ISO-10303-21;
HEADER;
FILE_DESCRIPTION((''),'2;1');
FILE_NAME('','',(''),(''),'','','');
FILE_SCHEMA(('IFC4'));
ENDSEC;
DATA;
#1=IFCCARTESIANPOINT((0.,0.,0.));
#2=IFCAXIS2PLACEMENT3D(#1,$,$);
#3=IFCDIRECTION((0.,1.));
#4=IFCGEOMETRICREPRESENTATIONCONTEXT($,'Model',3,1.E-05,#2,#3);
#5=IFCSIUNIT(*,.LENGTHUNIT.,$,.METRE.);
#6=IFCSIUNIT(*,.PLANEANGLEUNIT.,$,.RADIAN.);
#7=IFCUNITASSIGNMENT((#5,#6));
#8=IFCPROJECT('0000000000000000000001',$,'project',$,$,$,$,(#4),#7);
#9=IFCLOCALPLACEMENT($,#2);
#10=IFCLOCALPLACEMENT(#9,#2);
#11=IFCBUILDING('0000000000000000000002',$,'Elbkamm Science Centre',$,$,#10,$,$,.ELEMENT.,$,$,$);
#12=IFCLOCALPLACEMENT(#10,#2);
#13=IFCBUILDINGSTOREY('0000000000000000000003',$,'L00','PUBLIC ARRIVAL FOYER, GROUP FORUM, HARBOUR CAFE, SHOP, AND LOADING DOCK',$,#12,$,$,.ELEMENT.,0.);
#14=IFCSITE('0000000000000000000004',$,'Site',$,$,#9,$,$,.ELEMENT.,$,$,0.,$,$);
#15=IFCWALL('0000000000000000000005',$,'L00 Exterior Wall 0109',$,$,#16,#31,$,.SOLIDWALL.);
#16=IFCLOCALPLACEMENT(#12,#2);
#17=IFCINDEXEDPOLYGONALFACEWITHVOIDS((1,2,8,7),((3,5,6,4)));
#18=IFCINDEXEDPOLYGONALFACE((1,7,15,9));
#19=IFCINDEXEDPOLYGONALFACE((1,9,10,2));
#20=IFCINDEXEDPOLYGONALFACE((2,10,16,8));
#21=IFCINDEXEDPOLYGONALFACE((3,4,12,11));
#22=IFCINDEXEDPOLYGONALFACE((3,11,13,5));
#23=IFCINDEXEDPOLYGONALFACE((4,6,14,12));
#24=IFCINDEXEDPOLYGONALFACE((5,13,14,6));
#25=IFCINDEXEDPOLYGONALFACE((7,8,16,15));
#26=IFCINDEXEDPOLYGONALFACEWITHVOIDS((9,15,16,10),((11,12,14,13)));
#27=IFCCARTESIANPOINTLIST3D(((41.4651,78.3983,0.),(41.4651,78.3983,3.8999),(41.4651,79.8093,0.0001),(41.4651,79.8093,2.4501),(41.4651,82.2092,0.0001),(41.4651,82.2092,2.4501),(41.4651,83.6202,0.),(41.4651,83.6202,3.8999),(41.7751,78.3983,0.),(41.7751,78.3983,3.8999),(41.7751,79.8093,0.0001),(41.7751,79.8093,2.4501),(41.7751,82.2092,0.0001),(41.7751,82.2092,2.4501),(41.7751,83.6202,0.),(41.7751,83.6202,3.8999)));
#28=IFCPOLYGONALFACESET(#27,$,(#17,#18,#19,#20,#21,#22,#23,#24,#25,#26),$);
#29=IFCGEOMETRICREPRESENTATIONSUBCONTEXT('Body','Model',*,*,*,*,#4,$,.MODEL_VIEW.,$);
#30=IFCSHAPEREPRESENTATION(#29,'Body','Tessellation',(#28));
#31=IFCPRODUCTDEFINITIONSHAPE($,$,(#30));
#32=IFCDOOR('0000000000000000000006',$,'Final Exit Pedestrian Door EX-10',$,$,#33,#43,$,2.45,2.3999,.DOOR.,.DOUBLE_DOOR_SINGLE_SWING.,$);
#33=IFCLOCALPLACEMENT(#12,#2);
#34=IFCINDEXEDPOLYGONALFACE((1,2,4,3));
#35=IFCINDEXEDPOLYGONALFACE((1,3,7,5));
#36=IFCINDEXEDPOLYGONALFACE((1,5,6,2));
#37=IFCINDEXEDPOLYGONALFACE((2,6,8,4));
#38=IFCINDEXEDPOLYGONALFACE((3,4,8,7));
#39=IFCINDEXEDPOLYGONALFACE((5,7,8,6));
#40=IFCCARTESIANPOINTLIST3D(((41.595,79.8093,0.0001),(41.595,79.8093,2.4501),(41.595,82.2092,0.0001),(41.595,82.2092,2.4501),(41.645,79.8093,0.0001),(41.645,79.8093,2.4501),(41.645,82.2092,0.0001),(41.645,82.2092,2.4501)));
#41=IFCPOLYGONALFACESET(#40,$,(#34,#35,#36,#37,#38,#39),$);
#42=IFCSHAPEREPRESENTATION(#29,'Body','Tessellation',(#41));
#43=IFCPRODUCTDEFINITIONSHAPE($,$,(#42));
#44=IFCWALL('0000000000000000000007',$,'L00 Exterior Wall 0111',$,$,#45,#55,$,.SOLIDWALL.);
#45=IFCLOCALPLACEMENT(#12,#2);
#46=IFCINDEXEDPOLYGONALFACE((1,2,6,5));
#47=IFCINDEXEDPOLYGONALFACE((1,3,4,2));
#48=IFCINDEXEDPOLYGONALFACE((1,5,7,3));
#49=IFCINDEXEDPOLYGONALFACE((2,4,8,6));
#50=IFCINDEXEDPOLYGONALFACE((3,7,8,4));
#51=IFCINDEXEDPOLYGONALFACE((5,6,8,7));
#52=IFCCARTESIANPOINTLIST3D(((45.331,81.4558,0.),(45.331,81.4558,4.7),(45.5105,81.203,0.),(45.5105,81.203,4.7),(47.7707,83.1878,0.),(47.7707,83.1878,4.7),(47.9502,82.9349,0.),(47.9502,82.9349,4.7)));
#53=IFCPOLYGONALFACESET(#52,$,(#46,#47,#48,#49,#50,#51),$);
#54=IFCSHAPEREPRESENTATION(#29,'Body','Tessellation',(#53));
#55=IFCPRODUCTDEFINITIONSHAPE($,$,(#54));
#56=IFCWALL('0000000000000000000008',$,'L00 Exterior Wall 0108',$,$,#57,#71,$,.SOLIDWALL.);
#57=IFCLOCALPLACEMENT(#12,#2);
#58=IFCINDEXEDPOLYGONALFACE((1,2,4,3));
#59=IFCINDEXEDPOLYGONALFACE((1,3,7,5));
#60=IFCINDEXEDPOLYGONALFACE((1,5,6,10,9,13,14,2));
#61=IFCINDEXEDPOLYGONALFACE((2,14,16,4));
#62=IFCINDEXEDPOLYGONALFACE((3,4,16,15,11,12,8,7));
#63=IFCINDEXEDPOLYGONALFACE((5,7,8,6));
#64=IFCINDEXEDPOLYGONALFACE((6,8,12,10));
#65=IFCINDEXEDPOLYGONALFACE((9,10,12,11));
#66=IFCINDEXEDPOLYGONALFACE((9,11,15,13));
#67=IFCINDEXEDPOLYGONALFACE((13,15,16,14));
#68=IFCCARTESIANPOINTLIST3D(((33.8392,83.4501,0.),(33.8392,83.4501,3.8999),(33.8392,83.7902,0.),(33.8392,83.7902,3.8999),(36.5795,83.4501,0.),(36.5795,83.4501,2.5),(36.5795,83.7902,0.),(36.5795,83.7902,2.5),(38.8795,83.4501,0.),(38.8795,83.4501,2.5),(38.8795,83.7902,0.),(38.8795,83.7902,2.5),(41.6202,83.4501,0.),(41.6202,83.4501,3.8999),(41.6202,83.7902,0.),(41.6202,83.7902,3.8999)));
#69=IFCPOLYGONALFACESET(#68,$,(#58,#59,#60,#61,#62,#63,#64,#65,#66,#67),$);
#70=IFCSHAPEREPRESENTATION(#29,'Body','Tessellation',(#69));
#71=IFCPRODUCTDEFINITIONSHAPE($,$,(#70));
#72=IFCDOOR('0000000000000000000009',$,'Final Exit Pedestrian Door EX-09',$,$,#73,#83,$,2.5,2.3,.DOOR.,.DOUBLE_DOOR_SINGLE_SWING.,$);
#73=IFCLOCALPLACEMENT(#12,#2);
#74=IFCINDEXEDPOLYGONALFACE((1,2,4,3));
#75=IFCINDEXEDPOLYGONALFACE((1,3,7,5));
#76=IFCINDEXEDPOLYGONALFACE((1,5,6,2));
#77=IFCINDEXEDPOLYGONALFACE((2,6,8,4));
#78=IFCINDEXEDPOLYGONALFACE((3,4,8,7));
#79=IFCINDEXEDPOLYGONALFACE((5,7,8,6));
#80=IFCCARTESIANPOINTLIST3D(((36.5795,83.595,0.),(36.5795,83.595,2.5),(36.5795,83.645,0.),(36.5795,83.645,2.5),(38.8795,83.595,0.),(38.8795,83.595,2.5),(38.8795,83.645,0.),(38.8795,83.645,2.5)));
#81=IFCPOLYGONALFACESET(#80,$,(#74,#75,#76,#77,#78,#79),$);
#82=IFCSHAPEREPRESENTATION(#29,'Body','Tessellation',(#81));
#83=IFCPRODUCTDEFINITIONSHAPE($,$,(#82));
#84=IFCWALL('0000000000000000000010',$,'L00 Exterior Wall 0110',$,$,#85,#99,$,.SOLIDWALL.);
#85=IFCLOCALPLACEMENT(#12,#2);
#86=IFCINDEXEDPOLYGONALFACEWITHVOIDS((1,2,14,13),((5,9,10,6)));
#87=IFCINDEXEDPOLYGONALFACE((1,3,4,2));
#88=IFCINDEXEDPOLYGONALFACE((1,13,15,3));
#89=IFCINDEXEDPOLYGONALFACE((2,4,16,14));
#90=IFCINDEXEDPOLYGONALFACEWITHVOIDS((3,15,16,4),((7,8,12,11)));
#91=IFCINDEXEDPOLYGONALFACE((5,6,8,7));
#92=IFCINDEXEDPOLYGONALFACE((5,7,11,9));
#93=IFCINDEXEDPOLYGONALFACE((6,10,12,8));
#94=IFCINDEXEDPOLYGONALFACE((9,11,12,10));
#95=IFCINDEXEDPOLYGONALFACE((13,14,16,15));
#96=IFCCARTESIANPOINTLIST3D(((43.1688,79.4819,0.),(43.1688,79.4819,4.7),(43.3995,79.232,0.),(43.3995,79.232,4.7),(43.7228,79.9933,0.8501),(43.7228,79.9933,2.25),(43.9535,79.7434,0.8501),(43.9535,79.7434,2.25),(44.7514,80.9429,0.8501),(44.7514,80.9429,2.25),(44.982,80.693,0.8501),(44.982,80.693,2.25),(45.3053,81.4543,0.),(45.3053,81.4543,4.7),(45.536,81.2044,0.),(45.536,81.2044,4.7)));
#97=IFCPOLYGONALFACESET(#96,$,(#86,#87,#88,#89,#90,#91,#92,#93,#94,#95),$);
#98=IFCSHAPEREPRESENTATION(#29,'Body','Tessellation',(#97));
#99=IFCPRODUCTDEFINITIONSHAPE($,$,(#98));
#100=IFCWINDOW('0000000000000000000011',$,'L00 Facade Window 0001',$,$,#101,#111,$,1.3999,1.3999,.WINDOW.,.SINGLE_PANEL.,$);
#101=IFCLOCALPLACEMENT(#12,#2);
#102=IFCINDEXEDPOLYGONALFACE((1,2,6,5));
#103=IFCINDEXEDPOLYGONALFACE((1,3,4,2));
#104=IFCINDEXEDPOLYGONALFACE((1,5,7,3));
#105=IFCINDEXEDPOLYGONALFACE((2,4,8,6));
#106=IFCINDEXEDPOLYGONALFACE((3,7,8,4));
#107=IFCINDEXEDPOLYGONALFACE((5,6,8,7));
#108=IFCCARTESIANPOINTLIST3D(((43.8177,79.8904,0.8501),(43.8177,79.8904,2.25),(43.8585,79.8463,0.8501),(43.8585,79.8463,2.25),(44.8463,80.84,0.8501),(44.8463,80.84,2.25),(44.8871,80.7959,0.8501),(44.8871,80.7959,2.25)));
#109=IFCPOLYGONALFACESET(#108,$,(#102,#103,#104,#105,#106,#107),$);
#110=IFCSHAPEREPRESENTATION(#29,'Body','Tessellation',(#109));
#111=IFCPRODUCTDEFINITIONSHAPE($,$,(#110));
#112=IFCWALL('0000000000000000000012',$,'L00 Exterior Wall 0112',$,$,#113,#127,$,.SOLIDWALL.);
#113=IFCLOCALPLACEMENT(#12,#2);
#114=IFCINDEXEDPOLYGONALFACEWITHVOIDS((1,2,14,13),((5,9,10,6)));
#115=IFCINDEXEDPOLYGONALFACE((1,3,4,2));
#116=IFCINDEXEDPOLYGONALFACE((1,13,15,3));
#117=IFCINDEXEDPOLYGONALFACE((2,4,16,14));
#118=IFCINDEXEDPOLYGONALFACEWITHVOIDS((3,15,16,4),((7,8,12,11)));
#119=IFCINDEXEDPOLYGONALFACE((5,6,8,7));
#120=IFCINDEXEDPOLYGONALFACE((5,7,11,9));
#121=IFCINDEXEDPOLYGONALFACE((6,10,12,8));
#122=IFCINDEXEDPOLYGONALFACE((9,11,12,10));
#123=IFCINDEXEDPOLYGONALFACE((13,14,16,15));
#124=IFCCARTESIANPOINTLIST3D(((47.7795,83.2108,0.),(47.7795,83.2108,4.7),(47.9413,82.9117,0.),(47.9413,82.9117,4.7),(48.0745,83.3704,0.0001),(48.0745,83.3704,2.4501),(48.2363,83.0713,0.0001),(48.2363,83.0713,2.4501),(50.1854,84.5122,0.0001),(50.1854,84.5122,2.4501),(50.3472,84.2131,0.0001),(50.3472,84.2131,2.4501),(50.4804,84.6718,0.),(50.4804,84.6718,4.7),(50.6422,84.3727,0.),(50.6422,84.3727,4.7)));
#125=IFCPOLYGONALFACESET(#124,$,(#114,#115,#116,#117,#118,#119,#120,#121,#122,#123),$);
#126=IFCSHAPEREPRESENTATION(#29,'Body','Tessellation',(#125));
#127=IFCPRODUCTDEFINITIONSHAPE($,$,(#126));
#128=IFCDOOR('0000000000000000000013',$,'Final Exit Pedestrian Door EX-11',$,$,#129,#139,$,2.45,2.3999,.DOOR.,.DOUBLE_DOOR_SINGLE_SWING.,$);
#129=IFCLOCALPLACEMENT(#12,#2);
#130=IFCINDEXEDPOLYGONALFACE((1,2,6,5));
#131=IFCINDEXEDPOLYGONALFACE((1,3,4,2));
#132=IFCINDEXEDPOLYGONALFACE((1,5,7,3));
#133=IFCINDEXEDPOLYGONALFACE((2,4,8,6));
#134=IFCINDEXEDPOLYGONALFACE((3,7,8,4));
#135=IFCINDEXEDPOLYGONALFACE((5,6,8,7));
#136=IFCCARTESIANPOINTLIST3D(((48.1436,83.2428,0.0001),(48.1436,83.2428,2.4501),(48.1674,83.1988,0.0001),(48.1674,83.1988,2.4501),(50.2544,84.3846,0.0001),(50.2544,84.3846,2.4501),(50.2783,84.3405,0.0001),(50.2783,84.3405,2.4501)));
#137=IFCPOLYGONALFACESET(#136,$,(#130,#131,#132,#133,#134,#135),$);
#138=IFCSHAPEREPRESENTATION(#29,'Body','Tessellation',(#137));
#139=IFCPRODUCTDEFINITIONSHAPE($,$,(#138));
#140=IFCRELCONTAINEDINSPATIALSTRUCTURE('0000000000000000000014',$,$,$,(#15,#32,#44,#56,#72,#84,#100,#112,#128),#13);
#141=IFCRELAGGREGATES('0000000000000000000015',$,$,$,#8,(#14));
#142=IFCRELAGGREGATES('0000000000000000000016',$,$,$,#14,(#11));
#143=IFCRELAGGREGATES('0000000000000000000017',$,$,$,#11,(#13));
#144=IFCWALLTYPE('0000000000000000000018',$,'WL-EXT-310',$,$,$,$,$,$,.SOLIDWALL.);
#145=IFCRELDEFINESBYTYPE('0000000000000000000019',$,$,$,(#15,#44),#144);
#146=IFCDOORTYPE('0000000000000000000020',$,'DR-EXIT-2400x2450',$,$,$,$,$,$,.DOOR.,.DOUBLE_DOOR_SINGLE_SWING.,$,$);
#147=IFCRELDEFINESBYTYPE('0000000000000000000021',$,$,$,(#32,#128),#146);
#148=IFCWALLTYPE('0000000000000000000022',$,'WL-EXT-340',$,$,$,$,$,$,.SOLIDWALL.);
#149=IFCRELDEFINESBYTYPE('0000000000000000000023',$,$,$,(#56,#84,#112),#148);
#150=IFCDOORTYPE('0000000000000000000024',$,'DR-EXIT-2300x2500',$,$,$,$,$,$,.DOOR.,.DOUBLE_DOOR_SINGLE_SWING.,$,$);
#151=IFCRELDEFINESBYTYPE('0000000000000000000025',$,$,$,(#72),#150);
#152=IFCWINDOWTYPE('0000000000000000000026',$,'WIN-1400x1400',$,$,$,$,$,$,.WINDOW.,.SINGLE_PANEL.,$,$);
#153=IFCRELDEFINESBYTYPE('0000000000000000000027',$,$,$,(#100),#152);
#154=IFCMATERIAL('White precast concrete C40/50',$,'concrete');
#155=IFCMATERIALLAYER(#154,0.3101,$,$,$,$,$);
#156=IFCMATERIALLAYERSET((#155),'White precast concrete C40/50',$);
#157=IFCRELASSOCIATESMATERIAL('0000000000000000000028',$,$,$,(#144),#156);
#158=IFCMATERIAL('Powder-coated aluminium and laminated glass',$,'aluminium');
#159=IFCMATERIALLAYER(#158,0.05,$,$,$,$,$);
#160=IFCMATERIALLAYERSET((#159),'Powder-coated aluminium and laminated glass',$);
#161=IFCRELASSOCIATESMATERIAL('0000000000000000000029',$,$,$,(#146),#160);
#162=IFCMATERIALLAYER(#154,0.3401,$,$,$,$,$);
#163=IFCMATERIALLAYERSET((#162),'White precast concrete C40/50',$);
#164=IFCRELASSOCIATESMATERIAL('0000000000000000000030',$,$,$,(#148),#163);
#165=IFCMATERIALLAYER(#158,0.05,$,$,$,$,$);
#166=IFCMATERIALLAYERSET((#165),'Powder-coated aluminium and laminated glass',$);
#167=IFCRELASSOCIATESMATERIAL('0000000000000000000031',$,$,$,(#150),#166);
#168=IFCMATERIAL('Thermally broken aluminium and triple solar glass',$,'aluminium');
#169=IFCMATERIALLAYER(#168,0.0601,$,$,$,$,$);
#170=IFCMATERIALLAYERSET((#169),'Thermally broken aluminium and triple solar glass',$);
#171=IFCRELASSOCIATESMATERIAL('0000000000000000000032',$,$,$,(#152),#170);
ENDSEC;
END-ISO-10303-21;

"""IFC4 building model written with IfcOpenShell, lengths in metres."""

from ifc_helpers import new_model, si_unit, direction, frame, frame_2d, origin, place, context, subcontext, project, spatial, rectangle, extrude, material, layer, layer_set, type_object, element, fill, save


model = new_model("IFC4")

# Units and contexts
model_context = context("Model", 3, precision=1e-05, world=origin(), true_north=direction((0.0, 1.0)))
body_context = subcontext(model_context, "Body", "Model", "MODEL_VIEW")
ifc_project = project(units=[si_unit("LENGTHUNIT", "METRE"), si_unit("PLANEANGLEUNIT", "RADIAN")], contexts=[model_context])

# Site, building, storey
site_placement = place(None, origin())
site = spatial("IfcSite", under=ifc_project, at=site_placement, Name="Site", CompositionType="ELEMENT", RefElevation=0.0)
building_placement = place(site_placement, origin())
building = spatial("IfcBuilding", under=site, at=building_placement, Name="Elbkamm Science Centre", CompositionType="ELEMENT")
storey_placement = place(building_placement, origin())
storey = spatial("IfcBuildingStorey", under=building, at=storey_placement, Name="L00", Description="PUBLIC ARRIVAL FOYER, GROUP FORUM, HARBOUR CAFE, SHOP, AND LOADING DOCK", CompositionType="ELEMENT", Elevation=0.0)

# Wall, opening, door
ifc_material_1 = material(Name="White precast concrete C40/50", Category="concrete")
ifc_layer_1 = layer(ifc_material_1, 0.3101)
ifc_layer_set_1 = layer_set([ifc_layer_1], Name="White precast concrete C40/50")
wall_type_1 = type_object("IfcWallType", Name="WL-EXT-310", PredefinedType="SOLIDWALL", material=ifc_layer_set_1)
wall_1_placement = place(storey_placement, frame((41.6201, 83.6201, 0.0), z_axis=(0.0, 0.0, 1.0), x_axis=(0.0, -1.0, 0.0)))
wall_1 = element("IfcWall", 1, at=wall_1_placement, inside=storey, type_object=wall_type_1, Name="L00 Exterior Wall 0109", PredefinedType="SOLIDWALL", context=body_context, shape_type="SweptSolid", body=[
    extrude(rectangle(XDim=5.2219, YDim=0.3101, at=frame_2d((2.6108, 0.0))), origin(), (0.0, 0.0, 1.0), 3.8999),
])
opening_1_placement = place(wall_1_placement, frame((1.4109, 0.0, 0.0)))
opening_1 = element("IfcOpeningElement", 2, at=opening_1_placement, cuts=wall_1, PredefinedType="OPENING", context=body_context, shape_type="SweptSolid", body=[
    extrude(rectangle(XDim=2.3999, YDim=2.45, at=frame_2d((1.2, 1.2251))), frame((0.0, 0.167, 0.0), z_axis=(0.0, -1.0, 0.0), x_axis=(1.0, 0.0, 0.0)), (0.0, 0.0, 1.0), 0.334),
])
ifc_material_2 = material(Name="Powder-coated aluminium and laminated glass", Category="aluminium")
ifc_layer_2 = layer(ifc_material_2, 0.05)
ifc_layer_set_2 = layer_set([ifc_layer_2], Name="Powder-coated aluminium and laminated glass")
door_type_1 = type_object("IfcDoorType", Name="DR-EXIT-2400x2450", OperationType="DOUBLE_DOOR_SINGLE_SWING", PredefinedType="DOOR", material=ifc_layer_set_2)
door_1_placement = place(opening_1_placement, origin())
door_1 = element("IfcDoor", 3, at=door_1_placement, inside=storey, type_object=door_type_1, Name="Final Exit Pedestrian Door EX-10", OperationType="DOUBLE_DOOR_SINGLE_SWING", OverallHeight=2.45, OverallWidth=2.3999, PredefinedType="DOOR", context=body_context, shape_type="SweptSolid", body=[
    extrude(rectangle(XDim=2.3999, YDim=2.45, at=frame_2d((1.2, 1.2251))), frame((0.0, 0.0249, 0.0), z_axis=(0.0, -1.0, 0.0), x_axis=(1.0, 0.0, 0.0)), (0.0, 0.0, 1.0), 0.05),
])
fill(opening_1, door_1)

# Wall
wall_2_placement = place(storey_placement, frame((45.4207, 81.3293, 0.0), z_axis=(0.0, 0.0, 1.0), x_axis=(0.815423, 0.578866, 0.0)))
element("IfcWall", 4, at=wall_2_placement, inside=storey, type_object=wall_type_1, Name="L00 Exterior Wall 0111", PredefinedType="SOLIDWALL", context=body_context, shape_type="SweptSolid", body=[
    extrude(rectangle(XDim=2.9919, YDim=0.3101, at=frame_2d((1.4961, 0.0))), origin(), (0.0, 0.0, 1.0), 4.7),
])

# Wall, opening, door
ifc_layer_3 = layer(ifc_material_1, 0.3401)
ifc_layer_set_3 = layer_set([ifc_layer_3], Name="White precast concrete C40/50")
wall_type_2 = type_object("IfcWallType", Name="WL-EXT-340", PredefinedType="SOLIDWALL", material=ifc_layer_set_3)
wall_3_placement = place(storey_placement, frame((33.8391, 83.6201, 0.0), z_axis=(0.0, 0.0, 1.0), x_axis=(1.0, 0.0, 0.0)))
wall_3 = element("IfcWall", 5, at=wall_3_placement, inside=storey, type_object=wall_type_2, Name="L00 Exterior Wall 0108", PredefinedType="SOLIDWALL", context=body_context, shape_type="SweptSolid", body=[
    extrude(rectangle(XDim=7.781, YDim=0.3401, at=frame_2d((3.8906, 0.0))), origin(), (0.0, 0.0, 1.0), 3.8999),
])
opening_2_placement = place(wall_3_placement, frame((2.7405, 0.0, 0.0)))
opening_2 = element("IfcOpeningElement", 6, at=opening_2_placement, cuts=wall_3, PredefinedType="OPENING", context=body_context, shape_type="SweptSolid", body=[
    extrude(rectangle(XDim=2.3, YDim=2.5, at=frame_2d((1.1499, 1.25))), frame((0.0, 0.1821, 0.0), z_axis=(0.0, -1.0, 0.0), x_axis=(1.0, 0.0, 0.0)), (0.0, 0.0, 1.0), 0.364),
])
ifc_layer_4 = layer(ifc_material_2, 0.05)
ifc_layer_set_4 = layer_set([ifc_layer_4], Name="Powder-coated aluminium and laminated glass")
door_type_2 = type_object("IfcDoorType", Name="DR-EXIT-2300x2500", OperationType="DOUBLE_DOOR_SINGLE_SWING", PredefinedType="DOOR", material=ifc_layer_set_4)
door_2_placement = place(opening_2_placement, origin())
door_2 = element("IfcDoor", 7, at=door_2_placement, inside=storey, type_object=door_type_2, Name="Final Exit Pedestrian Door EX-09", OperationType="DOUBLE_DOOR_SINGLE_SWING", OverallHeight=2.5, OverallWidth=2.3, PredefinedType="DOOR", context=body_context, shape_type="SweptSolid", body=[
    extrude(rectangle(XDim=2.3, YDim=2.5, at=frame_2d((1.1499, 1.25))), frame((0.0, 0.0249, 0.0), z_axis=(0.0, -1.0, 0.0), x_axis=(1.0, 0.0, 0.0)), (0.0, 0.0, 1.0), 0.05),
])
fill(opening_2, door_2)

# Wall, opening, window
wall_4_placement = place(storey_placement, frame((43.2842, 79.3569, 0.0), z_axis=(0.0, 0.0, 1.0), x_axis=(0.734755, 0.678332, 0.0)))
wall_4 = element("IfcWall", 8, at=wall_4_placement, inside=storey, type_object=wall_type_2, Name="L00 Exterior Wall 0110", PredefinedType="SOLIDWALL", context=body_context, shape_type="SweptSolid", body=[
    extrude(rectangle(XDim=2.9077, YDim=0.3401, at=frame_2d((1.4539, 0.0))), origin(), (0.0, 0.0, 1.0), 4.7),
])
opening_3_placement = place(wall_4_placement, frame((0.7539, 0.0, 0.8501)))
opening_3 = element("IfcOpeningElement", 9, at=opening_3_placement, cuts=wall_4, PredefinedType="OPENING", context=body_context, shape_type="SweptSolid", body=[
    extrude(rectangle(XDim=1.3999, YDim=1.3999, at=frame_2d((0.7, 0.7))), frame((0.0, 0.1821, 0.0), z_axis=(0.0, -1.0, 0.0), x_axis=(1.0, 0.0, 0.0)), (0.0, 0.0, 1.0), 0.364),
])
ifc_material_3 = material(Name="Thermally broken aluminium and triple solar glass", Category="aluminium")
ifc_layer_5 = layer(ifc_material_3, 0.0601)
ifc_layer_set_5 = layer_set([ifc_layer_5], Name="Thermally broken aluminium and triple solar glass")
window_type = type_object("IfcWindowType", Name="WIN-1400x1400", PartitioningType="SINGLE_PANEL", PredefinedType="WINDOW", material=ifc_layer_set_5)
window_placement = place(opening_3_placement, origin())
window = element("IfcWindow", 10, at=window_placement, inside=storey, type_object=window_type, Name="L00 Facade Window 0001", OverallHeight=1.3999, OverallWidth=1.3999, PartitioningType="SINGLE_PANEL", PredefinedType="WINDOW", context=body_context, shape_type="SweptSolid", body=[
    extrude(rectangle(XDim=1.3999, YDim=1.3999, at=frame_2d((0.7, 0.7))), frame((0.0, 0.03, 0.0), z_axis=(0.0, -1.0, 0.0), x_axis=(1.0, 0.0, 0.0)), (0.0, 0.0, 1.0), 0.0601),
])
fill(opening_3, window)

# Wall, opening, door
wall_5_placement = place(storey_placement, frame((47.8604, 83.0613, 0.0), z_axis=(0.0, 0.0, 1.0), x_axis=(0.879573, 0.475763, 0.0)))
wall_5 = element("IfcWall", 11, at=wall_5_placement, inside=storey, type_object=wall_type_2, Name="L00 Exterior Wall 0112", PredefinedType="SOLIDWALL", context=body_context, shape_type="SweptSolid", body=[
    extrude(rectangle(XDim=3.0708, YDim=0.3401, at=frame_2d((1.5354, 0.0))), origin(), (0.0, 0.0, 1.0), 4.7),
])
opening_4_placement = place(wall_5_placement, frame((0.3354, 0.0, 0.0)))
opening_4 = element("IfcOpeningElement", 12, at=opening_4_placement, cuts=wall_5, PredefinedType="OPENING", context=body_context, shape_type="SweptSolid", body=[
    extrude(rectangle(XDim=2.3999, YDim=2.45, at=frame_2d((1.2, 1.2251))), frame((0.0, 0.1821, 0.0), z_axis=(0.0, -1.0, 0.0), x_axis=(1.0, 0.0, 0.0)), (0.0, 0.0, 1.0), 0.364),
])
door_3_placement = place(opening_4_placement, origin())
door_3 = element("IfcDoor", 13, at=door_3_placement, inside=storey, type_object=door_type_1, Name="Final Exit Pedestrian Door EX-11", OperationType="DOUBLE_DOOR_SINGLE_SWING", OverallHeight=2.45, OverallWidth=2.3999, PredefinedType="DOOR", context=body_context, shape_type="SweptSolid", body=[
    extrude(rectangle(XDim=2.3999, YDim=2.45, at=frame_2d((1.2, 1.2251))), frame((0.0, 0.0249, 0.0), z_axis=(0.0, -1.0, 0.0), x_axis=(1.0, 0.0, 0.0)), (0.0, 0.0, 1.0), 0.05),
])
fill(opening_4, door_3)

save(model, "model.ifc")
